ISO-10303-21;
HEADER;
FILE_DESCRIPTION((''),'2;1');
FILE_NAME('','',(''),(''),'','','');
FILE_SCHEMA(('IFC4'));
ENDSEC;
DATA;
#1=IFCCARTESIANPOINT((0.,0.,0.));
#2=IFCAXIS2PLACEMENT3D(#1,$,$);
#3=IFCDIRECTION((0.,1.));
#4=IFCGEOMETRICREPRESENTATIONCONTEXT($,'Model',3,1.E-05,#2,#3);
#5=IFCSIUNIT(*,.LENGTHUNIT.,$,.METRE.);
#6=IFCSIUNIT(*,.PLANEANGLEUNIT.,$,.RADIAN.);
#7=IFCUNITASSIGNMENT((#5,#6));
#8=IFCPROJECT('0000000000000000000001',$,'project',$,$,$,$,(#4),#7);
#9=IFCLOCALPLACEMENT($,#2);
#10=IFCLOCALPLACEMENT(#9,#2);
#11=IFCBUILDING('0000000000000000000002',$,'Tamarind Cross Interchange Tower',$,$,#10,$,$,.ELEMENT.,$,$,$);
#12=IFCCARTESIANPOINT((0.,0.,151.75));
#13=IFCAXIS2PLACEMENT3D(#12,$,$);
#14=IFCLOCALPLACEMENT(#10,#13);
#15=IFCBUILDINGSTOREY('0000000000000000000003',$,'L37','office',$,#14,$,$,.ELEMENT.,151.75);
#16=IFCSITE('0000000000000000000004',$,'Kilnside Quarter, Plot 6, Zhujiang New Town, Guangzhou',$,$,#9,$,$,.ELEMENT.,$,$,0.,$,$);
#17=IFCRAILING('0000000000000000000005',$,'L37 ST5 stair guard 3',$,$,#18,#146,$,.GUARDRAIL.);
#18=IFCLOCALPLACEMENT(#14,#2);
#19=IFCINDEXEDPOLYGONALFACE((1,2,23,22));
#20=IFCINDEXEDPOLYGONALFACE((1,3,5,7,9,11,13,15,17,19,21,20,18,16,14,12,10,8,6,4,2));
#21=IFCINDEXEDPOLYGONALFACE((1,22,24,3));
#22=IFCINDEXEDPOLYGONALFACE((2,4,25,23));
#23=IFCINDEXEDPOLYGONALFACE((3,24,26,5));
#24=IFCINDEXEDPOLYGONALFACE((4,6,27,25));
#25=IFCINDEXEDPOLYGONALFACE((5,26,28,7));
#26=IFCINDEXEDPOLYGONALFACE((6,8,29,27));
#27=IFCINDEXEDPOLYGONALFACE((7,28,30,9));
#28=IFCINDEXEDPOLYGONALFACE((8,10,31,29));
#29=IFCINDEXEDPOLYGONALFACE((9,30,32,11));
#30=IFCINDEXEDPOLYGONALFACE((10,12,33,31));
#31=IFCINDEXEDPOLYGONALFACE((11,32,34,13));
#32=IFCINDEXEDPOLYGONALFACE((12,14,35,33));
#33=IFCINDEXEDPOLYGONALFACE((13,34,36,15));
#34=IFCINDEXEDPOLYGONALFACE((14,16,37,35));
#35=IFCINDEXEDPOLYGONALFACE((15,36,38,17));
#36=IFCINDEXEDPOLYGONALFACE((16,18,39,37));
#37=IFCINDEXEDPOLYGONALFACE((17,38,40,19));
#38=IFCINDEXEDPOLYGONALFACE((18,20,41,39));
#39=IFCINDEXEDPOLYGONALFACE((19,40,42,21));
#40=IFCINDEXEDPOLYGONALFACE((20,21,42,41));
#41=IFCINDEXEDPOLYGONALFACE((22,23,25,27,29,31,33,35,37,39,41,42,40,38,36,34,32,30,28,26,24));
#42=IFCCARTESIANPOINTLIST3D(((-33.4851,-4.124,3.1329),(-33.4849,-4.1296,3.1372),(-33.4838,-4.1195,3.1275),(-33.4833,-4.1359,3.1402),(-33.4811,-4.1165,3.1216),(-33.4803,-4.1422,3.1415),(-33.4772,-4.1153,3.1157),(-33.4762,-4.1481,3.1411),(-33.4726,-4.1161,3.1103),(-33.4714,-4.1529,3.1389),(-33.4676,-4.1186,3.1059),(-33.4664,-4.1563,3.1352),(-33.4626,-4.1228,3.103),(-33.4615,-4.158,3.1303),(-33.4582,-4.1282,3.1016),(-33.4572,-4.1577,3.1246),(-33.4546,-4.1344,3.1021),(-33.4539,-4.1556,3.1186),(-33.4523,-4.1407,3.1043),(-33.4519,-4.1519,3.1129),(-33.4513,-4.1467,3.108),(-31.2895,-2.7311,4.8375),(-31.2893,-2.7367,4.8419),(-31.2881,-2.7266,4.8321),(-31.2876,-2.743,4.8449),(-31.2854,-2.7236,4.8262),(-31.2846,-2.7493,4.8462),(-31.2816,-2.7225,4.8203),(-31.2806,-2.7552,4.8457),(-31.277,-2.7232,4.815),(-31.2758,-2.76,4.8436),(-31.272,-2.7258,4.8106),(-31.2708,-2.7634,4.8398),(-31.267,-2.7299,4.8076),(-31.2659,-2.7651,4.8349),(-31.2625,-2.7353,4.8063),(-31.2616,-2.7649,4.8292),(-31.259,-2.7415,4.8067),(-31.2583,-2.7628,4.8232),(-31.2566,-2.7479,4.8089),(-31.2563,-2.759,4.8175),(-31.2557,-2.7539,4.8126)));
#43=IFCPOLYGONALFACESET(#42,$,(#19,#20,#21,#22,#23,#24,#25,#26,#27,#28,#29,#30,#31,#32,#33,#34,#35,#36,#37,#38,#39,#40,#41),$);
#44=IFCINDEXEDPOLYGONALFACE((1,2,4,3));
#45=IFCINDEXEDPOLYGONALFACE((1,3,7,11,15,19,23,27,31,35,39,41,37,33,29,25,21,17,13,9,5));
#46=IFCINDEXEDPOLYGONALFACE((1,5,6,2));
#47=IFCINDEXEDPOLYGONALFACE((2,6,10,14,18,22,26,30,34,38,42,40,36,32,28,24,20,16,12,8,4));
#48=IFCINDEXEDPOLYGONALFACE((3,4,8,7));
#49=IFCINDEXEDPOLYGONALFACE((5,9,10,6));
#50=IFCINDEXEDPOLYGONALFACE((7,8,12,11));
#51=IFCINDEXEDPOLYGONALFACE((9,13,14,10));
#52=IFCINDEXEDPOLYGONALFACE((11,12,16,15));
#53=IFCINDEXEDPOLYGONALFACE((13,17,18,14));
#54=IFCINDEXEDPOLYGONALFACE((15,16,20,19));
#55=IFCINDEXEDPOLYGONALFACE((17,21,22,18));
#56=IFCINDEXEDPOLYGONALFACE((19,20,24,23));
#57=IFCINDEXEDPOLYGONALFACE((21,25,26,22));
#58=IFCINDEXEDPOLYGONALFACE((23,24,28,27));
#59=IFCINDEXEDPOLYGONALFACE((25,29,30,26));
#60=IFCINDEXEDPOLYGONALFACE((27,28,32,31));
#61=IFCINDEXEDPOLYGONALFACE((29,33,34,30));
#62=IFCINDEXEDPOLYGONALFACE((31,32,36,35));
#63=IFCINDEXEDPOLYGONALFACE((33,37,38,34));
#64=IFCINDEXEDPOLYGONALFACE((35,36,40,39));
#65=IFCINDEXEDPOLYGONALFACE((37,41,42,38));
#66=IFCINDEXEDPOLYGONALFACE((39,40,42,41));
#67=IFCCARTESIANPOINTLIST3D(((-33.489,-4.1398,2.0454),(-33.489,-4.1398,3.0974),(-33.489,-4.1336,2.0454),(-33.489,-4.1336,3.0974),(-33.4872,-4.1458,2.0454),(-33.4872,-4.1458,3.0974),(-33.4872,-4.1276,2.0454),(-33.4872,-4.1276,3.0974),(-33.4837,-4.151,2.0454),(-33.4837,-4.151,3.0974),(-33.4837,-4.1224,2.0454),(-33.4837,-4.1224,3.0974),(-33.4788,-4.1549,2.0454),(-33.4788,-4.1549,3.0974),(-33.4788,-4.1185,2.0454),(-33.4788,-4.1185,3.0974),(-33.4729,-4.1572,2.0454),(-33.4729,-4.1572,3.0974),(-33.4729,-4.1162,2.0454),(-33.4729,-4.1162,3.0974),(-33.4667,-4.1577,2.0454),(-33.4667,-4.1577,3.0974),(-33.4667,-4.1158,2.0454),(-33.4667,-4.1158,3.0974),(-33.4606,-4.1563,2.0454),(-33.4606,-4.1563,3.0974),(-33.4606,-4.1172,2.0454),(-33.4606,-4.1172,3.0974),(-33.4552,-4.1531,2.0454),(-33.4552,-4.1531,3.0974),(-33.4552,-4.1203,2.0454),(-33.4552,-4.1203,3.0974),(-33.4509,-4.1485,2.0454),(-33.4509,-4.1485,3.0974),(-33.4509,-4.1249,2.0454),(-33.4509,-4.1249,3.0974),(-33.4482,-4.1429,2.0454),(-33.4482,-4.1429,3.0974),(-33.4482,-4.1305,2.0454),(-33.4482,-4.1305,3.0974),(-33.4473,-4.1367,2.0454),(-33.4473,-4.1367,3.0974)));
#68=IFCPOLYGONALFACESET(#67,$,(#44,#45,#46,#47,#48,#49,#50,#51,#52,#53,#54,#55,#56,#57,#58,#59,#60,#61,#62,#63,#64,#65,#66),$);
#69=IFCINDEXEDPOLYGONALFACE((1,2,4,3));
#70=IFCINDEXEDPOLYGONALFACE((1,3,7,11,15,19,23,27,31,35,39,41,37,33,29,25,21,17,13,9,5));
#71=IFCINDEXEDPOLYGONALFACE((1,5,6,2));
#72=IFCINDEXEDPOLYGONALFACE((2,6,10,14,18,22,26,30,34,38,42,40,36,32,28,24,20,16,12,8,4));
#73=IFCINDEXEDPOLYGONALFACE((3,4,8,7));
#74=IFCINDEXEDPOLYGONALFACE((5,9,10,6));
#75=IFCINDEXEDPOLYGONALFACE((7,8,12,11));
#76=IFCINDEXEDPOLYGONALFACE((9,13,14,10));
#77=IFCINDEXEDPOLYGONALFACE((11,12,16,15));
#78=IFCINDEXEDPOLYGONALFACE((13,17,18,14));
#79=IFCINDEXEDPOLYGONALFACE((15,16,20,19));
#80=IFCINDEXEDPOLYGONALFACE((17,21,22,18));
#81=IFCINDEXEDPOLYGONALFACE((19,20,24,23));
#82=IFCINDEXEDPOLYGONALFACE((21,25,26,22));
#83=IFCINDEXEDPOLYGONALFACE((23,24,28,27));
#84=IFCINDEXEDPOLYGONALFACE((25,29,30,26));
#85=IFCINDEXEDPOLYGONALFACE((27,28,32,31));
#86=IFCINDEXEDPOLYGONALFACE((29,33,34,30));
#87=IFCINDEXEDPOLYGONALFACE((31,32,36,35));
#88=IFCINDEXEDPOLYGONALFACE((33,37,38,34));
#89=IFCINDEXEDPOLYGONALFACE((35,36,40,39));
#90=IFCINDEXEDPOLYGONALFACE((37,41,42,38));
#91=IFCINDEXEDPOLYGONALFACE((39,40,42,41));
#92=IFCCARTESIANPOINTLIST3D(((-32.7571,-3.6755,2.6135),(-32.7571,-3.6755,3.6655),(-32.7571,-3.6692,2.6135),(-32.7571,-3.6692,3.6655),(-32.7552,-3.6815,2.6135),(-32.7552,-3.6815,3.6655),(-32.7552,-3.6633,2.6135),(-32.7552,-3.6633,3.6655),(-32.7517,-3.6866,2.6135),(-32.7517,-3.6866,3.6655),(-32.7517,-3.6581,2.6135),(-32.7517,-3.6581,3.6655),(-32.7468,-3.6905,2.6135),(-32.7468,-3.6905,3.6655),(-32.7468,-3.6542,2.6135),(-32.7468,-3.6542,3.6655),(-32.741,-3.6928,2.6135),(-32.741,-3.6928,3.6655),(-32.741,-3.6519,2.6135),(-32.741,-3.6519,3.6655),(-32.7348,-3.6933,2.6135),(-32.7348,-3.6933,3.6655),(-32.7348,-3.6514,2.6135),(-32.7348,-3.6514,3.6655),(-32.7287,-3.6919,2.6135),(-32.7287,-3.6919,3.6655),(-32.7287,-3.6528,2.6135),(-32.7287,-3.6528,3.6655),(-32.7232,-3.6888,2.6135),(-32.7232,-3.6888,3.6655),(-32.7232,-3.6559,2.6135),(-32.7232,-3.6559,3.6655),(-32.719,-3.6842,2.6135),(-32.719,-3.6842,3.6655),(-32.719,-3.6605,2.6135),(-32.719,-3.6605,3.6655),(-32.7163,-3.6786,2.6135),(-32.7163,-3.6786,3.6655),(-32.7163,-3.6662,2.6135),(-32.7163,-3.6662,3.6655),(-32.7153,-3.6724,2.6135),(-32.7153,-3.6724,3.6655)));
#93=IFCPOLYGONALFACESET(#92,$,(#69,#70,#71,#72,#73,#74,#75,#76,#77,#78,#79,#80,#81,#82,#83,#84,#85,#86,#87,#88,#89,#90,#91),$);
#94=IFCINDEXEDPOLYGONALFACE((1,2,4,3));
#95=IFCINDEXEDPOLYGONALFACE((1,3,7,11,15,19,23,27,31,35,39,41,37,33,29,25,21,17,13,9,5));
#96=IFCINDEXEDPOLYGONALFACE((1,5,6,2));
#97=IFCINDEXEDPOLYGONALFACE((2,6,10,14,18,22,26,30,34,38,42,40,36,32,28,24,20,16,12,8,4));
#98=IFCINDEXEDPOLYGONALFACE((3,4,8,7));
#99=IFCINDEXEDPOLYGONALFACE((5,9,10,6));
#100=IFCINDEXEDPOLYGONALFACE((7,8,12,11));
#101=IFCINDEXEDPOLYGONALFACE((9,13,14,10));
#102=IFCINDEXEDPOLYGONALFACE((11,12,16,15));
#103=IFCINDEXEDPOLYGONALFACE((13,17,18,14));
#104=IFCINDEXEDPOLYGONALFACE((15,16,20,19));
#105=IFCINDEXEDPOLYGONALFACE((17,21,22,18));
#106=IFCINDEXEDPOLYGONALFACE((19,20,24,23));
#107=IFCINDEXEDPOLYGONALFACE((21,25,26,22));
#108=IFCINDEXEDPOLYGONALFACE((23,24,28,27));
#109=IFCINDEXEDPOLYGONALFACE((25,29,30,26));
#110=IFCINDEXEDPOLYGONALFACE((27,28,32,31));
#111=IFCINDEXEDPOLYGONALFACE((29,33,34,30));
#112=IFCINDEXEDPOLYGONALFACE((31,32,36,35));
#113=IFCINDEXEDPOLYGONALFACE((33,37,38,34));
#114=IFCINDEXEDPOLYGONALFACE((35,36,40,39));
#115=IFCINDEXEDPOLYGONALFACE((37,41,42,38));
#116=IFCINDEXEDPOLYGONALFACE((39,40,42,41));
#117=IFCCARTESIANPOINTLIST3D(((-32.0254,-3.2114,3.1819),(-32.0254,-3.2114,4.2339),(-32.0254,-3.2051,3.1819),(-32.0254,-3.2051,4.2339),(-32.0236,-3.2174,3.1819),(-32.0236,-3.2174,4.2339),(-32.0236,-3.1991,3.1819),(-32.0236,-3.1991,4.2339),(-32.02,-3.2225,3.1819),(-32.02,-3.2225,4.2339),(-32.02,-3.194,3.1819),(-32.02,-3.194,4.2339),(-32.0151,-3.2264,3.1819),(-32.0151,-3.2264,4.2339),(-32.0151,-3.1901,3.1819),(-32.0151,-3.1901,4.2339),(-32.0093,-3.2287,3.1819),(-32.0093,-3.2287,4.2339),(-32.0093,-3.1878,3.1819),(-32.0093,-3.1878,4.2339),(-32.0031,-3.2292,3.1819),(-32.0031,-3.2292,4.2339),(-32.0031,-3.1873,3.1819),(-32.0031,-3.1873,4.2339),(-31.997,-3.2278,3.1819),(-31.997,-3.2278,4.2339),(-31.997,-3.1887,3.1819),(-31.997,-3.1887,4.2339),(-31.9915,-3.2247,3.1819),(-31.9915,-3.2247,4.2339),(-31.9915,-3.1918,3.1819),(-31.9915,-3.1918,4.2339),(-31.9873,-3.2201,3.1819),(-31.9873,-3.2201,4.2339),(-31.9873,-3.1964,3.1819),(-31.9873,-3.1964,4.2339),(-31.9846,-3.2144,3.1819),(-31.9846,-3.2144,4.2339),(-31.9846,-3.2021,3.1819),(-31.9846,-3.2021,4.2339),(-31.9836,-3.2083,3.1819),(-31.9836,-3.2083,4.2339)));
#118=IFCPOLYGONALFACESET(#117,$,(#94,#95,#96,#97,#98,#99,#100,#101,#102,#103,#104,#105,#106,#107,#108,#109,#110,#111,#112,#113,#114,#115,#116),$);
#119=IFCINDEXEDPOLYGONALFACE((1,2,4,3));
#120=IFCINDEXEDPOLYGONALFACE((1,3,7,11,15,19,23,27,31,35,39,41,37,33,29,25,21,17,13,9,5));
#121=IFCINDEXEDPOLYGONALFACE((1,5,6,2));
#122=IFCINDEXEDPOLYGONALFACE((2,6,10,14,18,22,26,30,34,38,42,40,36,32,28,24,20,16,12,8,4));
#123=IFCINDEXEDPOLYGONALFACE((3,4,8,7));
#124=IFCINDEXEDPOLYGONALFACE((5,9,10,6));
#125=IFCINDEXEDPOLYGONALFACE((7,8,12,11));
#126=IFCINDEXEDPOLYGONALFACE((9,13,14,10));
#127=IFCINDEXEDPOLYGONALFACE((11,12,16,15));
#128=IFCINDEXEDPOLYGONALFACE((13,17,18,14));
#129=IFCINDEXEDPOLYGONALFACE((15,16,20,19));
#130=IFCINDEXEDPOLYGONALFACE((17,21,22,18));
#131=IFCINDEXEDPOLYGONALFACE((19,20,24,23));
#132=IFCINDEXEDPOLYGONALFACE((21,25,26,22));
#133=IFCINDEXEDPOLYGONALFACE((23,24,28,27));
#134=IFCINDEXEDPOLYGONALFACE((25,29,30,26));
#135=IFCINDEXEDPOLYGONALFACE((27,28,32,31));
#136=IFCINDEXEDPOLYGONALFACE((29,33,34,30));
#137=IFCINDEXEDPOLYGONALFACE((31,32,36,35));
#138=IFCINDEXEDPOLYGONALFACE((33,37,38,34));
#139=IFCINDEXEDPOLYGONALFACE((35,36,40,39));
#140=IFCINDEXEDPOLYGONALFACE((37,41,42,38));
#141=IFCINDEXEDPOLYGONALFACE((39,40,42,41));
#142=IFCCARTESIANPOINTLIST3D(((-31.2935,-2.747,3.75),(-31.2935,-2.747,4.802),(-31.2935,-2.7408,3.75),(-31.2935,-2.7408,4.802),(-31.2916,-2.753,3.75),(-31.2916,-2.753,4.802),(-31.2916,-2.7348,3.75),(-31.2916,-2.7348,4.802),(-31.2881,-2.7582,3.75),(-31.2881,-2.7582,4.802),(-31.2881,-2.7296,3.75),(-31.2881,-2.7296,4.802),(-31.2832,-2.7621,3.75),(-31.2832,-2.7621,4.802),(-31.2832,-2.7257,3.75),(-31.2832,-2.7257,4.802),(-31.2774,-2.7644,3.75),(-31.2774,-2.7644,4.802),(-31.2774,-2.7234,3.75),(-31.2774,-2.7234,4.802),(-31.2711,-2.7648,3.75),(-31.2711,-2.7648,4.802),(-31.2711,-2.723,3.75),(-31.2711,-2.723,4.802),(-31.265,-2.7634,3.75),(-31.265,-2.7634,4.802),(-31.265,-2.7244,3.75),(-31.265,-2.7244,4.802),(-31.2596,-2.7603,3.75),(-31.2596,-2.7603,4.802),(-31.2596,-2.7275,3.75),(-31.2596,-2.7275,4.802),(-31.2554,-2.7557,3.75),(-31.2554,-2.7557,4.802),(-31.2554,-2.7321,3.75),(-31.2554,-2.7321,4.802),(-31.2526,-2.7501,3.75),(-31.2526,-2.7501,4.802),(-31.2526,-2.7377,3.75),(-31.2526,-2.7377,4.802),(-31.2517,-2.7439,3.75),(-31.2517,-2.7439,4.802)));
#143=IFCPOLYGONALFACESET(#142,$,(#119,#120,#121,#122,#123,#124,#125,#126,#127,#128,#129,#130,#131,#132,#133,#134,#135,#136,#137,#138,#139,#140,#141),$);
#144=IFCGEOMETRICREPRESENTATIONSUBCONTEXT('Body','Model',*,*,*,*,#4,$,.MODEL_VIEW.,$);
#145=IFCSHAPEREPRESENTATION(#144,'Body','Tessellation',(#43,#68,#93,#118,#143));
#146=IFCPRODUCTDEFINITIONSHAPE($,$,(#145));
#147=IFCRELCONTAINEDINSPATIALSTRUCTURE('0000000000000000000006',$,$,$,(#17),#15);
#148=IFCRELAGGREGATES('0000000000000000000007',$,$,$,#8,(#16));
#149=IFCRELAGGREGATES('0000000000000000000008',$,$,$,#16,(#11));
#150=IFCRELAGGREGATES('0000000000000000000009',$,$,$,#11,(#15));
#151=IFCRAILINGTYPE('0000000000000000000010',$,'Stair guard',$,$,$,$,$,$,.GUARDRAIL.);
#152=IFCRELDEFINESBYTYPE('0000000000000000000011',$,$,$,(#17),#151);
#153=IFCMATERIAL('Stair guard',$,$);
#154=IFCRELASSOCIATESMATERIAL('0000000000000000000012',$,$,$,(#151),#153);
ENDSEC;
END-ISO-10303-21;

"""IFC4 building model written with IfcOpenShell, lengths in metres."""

from ifc_helpers import new_model, si_unit, direction, frame, origin, origin_2d, place, context, subcontext, project, spatial, circle, extrude, material, type_object, element, save


model = new_model("IFC4")

# Units and contexts
model_context = context("Model", 3, precision=1e-05, world=origin(), true_north=direction((0.0, 1.0)))
body_context = subcontext(model_context, "Body", "Model", "MODEL_VIEW")
ifc_project = project(units=[si_unit("LENGTHUNIT", "METRE"), si_unit("PLANEANGLEUNIT", "RADIAN")], contexts=[model_context])

# Site, building, storey
site_placement = place(None, origin())
site = spatial("IfcSite", under=ifc_project, at=site_placement, Name="Kilnside Quarter, Plot 6, Zhujiang New Town, Guangzhou", CompositionType="ELEMENT", RefElevation=0.0)
building_placement = place(site_placement, origin())
building = spatial("IfcBuilding", under=site, at=building_placement, Name="Tamarind Cross Interchange Tower", CompositionType="ELEMENT")
storey_placement = place(building_placement, frame((0.0, 0.0, 151.75)))
storey = spatial("IfcBuildingStorey", under=building, at=storey_placement, Name="L37", Description="office", CompositionType="ELEMENT", Elevation=151.75)

# Railing
ifc_material_1 = material(Name="Stair guard")
railing_type_1 = type_object("IfcRailingType", Name="Stair guard", PredefinedType="GUARDRAIL", material=ifc_material_1)
railing_1_placement = place(storey_placement, frame((-33.4683, -4.1367, 2.0454)))
element("IfcRailing", 1, at=railing_1_placement, inside=storey, type_object=railing_type_1, Name="L37 ST5 stair guard 3", PredefinedType="GUARDRAIL", context=body_context, shape_type="SweptSolid", body=[
    extrude(circle(Radius=0.0239, at=origin_2d()), frame((0.0, 0.0, 1.0762), z_axis=(0.706188, 0.447993, 0.548271), x_axis=(-0.535684, 0.844418, 0.0)), (0.0, 0.0, 1.0), 3.1091),
    extrude(circle(Radius=0.021, at=origin_2d()), origin(), (0.0, 0.0, 1.0), 1.052),
    extrude(circle(Radius=0.021, at=origin_2d()), frame((0.7319, 0.4644, 0.5681)), (0.0, 0.0, 1.0), 1.052),
    extrude(circle(Radius=0.021, at=origin_2d()), frame((1.4636, 0.9285, 1.1365)), (0.0, 0.0, 1.0), 1.052),
    extrude(circle(Radius=0.021, at=origin_2d()), frame((2.1956, 1.3928, 1.7046)), (0.0, 0.0, 1.0), 1.052),
])

save(model, "model.ifc")
